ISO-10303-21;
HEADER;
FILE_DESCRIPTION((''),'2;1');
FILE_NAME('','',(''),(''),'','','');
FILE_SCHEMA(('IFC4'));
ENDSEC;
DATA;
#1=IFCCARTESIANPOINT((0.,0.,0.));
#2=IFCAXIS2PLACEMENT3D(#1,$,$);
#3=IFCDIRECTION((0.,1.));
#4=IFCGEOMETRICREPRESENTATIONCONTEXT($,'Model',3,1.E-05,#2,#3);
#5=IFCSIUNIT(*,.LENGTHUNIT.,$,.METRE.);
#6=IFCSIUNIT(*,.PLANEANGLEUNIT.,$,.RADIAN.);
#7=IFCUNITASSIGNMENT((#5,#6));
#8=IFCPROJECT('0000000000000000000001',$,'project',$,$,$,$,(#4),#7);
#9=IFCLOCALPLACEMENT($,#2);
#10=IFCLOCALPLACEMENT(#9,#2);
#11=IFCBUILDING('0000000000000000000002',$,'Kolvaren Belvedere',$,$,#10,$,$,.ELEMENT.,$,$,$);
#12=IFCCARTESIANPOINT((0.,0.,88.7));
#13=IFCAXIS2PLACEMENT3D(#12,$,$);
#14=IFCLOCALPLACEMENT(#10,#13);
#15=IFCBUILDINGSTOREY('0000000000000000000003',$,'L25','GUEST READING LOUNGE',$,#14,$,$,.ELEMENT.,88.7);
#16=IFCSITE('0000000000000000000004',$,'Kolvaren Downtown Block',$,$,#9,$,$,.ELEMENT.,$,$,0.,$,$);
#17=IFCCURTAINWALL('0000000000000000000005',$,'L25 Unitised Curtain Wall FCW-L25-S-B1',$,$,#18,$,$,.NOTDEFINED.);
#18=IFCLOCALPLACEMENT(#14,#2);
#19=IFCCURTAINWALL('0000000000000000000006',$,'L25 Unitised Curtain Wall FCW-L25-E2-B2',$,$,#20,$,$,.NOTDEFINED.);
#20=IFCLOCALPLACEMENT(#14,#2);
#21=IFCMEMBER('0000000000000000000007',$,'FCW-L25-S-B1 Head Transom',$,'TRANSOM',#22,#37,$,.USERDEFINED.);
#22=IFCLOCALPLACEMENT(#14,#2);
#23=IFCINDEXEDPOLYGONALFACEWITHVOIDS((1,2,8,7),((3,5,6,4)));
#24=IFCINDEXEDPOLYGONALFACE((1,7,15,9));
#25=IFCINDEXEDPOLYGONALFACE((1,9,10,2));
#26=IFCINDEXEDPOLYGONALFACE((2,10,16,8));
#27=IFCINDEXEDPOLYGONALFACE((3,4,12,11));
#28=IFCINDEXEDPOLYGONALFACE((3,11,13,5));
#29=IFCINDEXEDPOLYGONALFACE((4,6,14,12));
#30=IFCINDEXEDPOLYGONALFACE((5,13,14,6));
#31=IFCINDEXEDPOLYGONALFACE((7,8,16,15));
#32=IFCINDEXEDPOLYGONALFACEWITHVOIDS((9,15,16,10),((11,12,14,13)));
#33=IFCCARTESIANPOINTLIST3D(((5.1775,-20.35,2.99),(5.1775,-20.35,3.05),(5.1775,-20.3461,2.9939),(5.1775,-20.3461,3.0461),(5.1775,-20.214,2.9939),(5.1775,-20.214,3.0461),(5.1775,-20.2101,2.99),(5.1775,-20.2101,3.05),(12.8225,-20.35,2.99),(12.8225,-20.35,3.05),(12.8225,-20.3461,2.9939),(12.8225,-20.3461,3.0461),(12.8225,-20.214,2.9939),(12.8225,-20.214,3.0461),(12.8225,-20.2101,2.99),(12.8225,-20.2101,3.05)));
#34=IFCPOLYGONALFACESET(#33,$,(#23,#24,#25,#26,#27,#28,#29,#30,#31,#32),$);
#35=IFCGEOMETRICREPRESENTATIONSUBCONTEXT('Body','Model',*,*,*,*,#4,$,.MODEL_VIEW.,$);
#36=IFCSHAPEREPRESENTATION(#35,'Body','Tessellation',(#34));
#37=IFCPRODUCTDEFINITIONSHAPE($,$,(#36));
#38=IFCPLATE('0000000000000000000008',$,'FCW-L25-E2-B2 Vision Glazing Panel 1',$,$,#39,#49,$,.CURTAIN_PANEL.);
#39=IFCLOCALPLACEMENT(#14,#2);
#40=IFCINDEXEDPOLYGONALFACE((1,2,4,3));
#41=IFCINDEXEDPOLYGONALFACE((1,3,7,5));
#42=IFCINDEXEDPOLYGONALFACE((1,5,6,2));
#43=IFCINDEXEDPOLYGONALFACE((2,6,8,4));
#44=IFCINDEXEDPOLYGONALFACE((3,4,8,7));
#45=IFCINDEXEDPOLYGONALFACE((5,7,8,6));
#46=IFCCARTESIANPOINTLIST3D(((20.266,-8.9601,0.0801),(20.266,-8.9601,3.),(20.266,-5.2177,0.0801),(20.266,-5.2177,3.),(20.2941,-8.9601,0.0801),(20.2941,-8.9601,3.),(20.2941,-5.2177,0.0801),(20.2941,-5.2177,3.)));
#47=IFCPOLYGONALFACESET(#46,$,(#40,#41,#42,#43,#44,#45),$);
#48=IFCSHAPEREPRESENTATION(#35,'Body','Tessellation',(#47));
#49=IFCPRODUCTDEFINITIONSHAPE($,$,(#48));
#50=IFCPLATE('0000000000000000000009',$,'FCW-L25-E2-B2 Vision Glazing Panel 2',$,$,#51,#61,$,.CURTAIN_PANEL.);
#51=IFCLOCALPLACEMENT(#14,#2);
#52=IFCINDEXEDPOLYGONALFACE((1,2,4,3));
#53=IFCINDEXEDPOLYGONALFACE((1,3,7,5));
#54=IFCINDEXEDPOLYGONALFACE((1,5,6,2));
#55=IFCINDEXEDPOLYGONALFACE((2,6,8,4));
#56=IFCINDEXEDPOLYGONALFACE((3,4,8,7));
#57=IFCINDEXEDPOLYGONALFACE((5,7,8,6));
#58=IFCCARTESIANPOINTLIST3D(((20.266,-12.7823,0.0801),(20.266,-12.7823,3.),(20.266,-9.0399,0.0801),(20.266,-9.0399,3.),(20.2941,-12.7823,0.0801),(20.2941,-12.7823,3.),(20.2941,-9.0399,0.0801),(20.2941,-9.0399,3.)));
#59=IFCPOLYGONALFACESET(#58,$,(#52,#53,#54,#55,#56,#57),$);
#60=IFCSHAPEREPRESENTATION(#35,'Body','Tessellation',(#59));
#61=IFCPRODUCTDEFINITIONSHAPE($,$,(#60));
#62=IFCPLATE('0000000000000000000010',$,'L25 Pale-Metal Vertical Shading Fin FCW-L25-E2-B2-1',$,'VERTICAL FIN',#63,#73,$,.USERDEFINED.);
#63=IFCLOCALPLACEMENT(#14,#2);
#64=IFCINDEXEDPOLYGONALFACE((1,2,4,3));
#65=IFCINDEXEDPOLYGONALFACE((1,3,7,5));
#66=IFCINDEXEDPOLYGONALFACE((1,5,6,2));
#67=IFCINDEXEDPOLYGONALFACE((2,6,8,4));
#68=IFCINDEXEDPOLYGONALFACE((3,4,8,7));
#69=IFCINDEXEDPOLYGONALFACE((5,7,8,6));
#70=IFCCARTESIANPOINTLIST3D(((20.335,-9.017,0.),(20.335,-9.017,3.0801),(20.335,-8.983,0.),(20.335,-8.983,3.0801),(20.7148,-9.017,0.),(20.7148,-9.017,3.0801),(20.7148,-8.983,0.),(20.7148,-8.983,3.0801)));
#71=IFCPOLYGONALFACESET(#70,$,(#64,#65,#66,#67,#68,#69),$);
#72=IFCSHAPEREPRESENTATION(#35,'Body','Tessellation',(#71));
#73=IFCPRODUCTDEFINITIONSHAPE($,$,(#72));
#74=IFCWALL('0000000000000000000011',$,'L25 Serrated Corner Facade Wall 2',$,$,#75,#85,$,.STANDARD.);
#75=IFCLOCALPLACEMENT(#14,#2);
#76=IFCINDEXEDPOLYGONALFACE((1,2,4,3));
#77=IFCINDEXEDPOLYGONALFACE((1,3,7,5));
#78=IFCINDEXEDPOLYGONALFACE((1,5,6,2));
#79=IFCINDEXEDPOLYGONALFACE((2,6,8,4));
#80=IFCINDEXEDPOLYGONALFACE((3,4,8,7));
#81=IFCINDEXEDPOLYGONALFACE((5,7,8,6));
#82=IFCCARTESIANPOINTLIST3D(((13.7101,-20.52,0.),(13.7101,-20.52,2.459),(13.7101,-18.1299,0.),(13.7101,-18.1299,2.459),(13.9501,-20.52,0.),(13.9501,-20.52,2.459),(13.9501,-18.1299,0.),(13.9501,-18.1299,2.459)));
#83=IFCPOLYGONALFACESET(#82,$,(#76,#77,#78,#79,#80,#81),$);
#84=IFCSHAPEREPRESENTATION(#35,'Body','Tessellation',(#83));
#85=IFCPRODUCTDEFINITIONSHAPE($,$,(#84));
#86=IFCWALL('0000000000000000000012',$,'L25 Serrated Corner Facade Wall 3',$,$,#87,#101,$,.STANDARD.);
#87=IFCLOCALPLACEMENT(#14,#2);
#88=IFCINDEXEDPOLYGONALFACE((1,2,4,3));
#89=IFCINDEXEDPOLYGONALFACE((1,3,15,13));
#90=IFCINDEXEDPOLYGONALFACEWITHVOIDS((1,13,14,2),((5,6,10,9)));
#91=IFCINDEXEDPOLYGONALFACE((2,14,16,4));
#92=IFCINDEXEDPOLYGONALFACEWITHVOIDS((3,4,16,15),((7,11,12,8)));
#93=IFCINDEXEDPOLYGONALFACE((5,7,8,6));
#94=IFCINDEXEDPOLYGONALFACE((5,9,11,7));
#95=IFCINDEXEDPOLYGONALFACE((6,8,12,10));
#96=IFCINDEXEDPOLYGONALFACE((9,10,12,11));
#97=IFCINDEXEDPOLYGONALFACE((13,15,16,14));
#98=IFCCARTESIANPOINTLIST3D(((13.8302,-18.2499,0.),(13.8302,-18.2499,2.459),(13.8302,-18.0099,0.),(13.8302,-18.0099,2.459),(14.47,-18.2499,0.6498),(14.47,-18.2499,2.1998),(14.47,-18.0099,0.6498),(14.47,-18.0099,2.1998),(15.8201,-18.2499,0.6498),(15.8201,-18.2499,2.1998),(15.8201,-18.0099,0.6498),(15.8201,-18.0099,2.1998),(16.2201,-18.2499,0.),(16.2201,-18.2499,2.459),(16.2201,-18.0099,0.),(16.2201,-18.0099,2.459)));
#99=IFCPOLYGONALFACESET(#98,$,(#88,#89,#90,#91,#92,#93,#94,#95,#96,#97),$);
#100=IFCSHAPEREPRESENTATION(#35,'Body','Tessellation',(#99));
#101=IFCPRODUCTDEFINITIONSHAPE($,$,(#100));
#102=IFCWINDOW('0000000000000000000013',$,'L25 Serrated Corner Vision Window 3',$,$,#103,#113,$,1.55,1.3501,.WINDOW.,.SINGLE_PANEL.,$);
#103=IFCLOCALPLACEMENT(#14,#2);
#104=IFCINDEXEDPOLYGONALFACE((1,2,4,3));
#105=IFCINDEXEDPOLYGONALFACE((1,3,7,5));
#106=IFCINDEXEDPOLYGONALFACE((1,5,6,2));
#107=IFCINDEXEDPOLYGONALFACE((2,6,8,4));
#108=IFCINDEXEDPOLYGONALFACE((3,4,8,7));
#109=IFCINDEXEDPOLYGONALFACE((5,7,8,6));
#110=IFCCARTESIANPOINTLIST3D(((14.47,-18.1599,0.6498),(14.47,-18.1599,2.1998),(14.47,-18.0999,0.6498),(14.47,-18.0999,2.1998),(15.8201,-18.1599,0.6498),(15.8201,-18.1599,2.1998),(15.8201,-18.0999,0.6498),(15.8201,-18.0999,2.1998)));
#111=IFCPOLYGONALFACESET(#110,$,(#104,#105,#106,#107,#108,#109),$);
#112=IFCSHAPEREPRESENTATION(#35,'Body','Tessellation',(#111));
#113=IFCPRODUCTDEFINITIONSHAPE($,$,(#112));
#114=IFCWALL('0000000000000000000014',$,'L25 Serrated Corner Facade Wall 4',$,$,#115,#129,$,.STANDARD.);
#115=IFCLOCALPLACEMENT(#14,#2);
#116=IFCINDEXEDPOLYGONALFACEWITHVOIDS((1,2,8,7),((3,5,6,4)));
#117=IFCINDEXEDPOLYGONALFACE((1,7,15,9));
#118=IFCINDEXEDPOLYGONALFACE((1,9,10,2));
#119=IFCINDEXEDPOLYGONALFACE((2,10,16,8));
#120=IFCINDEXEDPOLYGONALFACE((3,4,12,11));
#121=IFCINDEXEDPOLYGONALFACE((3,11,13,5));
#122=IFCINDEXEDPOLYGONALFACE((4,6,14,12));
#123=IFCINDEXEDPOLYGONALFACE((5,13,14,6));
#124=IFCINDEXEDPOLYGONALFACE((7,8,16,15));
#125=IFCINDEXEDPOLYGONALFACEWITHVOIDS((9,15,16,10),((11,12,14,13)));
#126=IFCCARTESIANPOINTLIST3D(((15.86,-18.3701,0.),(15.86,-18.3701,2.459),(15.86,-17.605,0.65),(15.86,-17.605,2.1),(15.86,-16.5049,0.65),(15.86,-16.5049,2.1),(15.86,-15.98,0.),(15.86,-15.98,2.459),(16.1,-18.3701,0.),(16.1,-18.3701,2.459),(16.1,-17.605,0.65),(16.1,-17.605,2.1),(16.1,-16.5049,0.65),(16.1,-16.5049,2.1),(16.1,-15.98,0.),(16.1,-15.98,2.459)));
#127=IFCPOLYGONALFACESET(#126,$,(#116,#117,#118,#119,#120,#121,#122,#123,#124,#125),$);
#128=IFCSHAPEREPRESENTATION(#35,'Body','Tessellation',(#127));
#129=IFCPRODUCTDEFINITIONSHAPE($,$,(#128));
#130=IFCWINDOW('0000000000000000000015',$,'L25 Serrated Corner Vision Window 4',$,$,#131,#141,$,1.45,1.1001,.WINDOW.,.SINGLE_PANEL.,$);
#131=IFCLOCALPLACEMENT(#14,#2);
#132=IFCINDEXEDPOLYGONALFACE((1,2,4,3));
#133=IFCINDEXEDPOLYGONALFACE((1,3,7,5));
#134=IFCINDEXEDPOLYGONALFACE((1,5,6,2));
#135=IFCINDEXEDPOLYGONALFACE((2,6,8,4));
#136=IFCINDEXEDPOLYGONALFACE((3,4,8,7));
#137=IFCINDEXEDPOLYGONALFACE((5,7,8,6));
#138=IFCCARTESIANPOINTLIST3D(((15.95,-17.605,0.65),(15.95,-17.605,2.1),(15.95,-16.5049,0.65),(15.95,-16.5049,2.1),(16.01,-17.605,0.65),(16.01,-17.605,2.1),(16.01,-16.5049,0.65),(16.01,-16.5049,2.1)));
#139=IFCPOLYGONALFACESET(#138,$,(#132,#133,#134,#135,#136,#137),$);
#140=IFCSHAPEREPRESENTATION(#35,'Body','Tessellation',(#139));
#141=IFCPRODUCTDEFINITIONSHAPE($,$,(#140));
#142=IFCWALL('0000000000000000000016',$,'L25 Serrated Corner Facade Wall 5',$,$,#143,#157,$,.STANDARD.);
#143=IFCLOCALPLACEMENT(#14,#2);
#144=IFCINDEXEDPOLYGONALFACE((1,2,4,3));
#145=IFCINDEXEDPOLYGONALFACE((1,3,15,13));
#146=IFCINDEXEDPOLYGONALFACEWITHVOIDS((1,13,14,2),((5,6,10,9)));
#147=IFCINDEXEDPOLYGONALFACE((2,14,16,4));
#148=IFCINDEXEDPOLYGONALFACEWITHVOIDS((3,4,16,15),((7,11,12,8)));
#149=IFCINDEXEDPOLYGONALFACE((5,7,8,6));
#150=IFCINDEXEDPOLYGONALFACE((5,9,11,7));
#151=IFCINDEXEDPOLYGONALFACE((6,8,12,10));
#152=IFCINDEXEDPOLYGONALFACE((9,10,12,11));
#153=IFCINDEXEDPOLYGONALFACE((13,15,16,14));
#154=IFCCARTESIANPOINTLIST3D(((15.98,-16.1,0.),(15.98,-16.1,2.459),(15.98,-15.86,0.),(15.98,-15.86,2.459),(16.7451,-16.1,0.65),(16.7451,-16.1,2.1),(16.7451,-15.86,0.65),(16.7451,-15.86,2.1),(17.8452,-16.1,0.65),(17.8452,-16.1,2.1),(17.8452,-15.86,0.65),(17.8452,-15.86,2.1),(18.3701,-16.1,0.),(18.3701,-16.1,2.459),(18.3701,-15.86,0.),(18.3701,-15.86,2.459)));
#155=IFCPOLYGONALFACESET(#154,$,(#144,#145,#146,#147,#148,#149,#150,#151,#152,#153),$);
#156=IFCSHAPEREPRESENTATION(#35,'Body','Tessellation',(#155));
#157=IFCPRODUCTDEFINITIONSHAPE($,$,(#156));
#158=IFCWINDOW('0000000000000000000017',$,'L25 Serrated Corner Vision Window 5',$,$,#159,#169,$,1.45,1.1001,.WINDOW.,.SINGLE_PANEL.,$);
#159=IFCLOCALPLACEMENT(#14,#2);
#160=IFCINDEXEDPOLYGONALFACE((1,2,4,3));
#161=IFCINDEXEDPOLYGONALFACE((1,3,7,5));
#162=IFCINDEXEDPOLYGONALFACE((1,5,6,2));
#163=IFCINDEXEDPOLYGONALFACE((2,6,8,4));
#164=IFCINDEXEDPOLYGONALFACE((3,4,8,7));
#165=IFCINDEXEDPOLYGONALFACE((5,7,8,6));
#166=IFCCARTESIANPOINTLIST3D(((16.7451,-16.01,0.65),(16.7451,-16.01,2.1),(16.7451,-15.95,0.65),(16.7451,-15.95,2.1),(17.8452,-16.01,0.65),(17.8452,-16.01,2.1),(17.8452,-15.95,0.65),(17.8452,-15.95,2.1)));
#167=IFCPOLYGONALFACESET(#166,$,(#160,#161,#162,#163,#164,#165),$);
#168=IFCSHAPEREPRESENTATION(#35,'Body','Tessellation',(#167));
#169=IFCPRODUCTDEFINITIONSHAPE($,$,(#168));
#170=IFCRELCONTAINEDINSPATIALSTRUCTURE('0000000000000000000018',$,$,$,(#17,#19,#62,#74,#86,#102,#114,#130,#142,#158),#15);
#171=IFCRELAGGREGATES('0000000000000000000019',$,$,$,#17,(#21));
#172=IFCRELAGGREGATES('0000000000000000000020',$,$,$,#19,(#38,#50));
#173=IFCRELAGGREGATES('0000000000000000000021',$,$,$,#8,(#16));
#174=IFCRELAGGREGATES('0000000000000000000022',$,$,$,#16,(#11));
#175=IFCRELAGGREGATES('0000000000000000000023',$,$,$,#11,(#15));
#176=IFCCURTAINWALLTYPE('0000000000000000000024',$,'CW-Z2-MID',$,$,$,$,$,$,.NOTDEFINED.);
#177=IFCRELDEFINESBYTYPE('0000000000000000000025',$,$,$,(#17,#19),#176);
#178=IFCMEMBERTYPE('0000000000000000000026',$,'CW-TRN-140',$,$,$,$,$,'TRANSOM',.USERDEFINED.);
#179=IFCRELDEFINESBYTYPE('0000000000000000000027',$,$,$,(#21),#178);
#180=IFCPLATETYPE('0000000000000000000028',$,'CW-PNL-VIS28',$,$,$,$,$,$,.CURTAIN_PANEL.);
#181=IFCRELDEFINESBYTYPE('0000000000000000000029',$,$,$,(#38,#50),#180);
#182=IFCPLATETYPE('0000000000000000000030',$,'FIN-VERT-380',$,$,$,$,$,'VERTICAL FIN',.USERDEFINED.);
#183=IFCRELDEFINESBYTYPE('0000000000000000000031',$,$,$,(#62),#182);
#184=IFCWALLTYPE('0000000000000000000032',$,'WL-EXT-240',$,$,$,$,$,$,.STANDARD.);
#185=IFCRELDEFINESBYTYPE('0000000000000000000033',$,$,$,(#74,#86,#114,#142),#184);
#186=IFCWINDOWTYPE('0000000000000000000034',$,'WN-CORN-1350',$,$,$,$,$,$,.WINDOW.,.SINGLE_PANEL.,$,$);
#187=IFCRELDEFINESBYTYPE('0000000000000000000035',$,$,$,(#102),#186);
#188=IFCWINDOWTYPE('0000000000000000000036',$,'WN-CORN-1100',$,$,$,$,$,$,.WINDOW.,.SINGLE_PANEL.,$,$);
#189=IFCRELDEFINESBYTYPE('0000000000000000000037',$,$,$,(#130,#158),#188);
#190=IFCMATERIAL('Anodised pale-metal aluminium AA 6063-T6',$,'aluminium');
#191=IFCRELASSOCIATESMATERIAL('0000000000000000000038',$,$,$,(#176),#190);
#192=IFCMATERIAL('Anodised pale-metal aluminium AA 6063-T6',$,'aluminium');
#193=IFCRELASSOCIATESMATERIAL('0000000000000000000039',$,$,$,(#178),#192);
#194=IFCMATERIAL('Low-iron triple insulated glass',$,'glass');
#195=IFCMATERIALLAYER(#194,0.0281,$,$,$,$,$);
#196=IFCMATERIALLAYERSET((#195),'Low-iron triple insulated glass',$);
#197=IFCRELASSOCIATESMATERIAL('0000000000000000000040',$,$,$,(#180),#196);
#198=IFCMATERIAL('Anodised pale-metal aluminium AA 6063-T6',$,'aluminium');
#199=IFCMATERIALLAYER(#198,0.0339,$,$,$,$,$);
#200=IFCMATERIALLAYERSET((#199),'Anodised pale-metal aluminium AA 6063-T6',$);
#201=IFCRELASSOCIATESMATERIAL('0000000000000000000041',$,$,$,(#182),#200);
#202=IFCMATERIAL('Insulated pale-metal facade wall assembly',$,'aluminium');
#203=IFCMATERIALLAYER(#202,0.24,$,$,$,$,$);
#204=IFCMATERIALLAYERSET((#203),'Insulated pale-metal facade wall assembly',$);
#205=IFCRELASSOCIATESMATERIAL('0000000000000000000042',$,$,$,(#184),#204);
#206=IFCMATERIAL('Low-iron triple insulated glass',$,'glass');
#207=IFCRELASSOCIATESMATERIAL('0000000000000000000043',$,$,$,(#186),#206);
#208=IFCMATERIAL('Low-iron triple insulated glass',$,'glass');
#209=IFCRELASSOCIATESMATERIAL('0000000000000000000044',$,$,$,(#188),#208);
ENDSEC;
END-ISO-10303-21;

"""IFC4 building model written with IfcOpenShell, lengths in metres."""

from ifc_helpers import new_model, si_unit, direction, frame, frame_2d, origin, origin_2d, place, context, subcontext, project, spatial, rectangle, hollow_rectangle, extrude, material, layer, layer_set, material_profile, profile_set, type_object, element, fill, aggregate, save


model = new_model("IFC4")

# Units and contexts
model_context = context("Model", 3, precision=1e-05, world=origin(), true_north=direction((0.0, 1.0)))
body_context = subcontext(model_context, "Body", "Model", "MODEL_VIEW")
ifc_project = project(units=[si_unit("LENGTHUNIT", "METRE"), si_unit("PLANEANGLEUNIT", "RADIAN")], contexts=[model_context])

# Site, building, storey
site_placement = place(None, origin())
site = spatial("IfcSite", under=ifc_project, at=site_placement, Name="Kolvaren Downtown Block", CompositionType="ELEMENT", RefElevation=0.0)
building_placement = place(site_placement, origin())
building = spatial("IfcBuilding", under=site, at=building_placement, Name="Kolvaren Belvedere", CompositionType="ELEMENT")
storey_placement = place(building_placement, frame((0.0, 0.0, 88.7)))
storey = spatial("IfcBuildingStorey", under=building, at=storey_placement, Name="L25", Description="GUEST READING LOUNGE", CompositionType="ELEMENT", Elevation=88.7)

# Curtain wall
ifc_material_1 = material(Name="Anodised pale-metal aluminium AA 6063-T6", Category="aluminium")
curtain_wall_type = type_object("IfcCurtainWallType", Name="CW-Z2-MID", PredefinedType="NOTDEFINED", material=ifc_material_1)
curtain_wall_1_placement = place(storey_placement, origin())
curtain_wall_1 = element("IfcCurtainWall", 1, at=curtain_wall_1_placement, inside=storey, type_object=curtain_wall_type, Name="L25 Unitised Curtain Wall FCW-L25-S-B1", PredefinedType="NOTDEFINED")

# Curtain wall
curtain_wall_2_placement = place(storey_placement, origin())
curtain_wall_2 = element("IfcCurtainWall", 2, at=curtain_wall_2_placement, inside=storey, type_object=curtain_wall_type, Name="L25 Unitised Curtain Wall FCW-L25-E2-B2", PredefinedType="NOTDEFINED")

# Member
ifc_material_2 = material(Name="Anodised pale-metal aluminium AA 6063-T6", Category="aluminium")
ifc_material_profile_1 = material_profile(ifc_material_2, hollow_rectangle(XDim=0.0601, YDim=0.1399, WallThickness=0.0039, at=origin_2d()), Name="ALU-TRN-140X60")
ifc_profile_set_1 = profile_set([ifc_material_profile_1], Name="Anodised pale-metal aluminium AA 6063-T6")
member_type_1 = type_object("IfcMemberType", Name="CW-TRN-140", ElementType="TRANSOM", PredefinedType="USERDEFINED", material=ifc_profile_set_1)
member_1_placement = place(storey_placement, frame((12.8225, -20.28, 3.02), z_axis=(-1.0, 0.0, 0.0), x_axis=(0.0, 0.0, 1.0)))
member_1 = element("IfcMember", 3, at=member_1_placement, type_object=member_type_1, Name="FCW-L25-S-B1 Head Transom", ObjectType="TRANSOM", PredefinedType="USERDEFINED", context=body_context, shape_type="SweptSolid", body=[
    extrude(hollow_rectangle(XDim=0.0601, YDim=0.1399, WallThickness=0.0039, at=origin_2d()), origin(), (0.0, 0.0, 1.0), 7.645),
])
aggregate(curtain_wall_1, [member_1])

# Plates
ifc_material_3 = material(Name="Low-iron triple insulated glass", Category="glass")
ifc_layer_1 = layer(ifc_material_3, 0.0281)
ifc_layer_set_1 = layer_set([ifc_layer_1], Name="Low-iron triple insulated glass")
plate_type_1 = type_object("IfcPlateType", Name="CW-PNL-VIS28", PredefinedType="CURTAIN_PANEL", material=ifc_layer_set_1)
plate_1_placement = place(storey_placement, frame((20.28, -7.0889, 0.0801), z_axis=(0.0, 0.0, 1.0), x_axis=(0.0, -1.0, 0.0)))
plate_1 = element("IfcPlate", 4, at=plate_1_placement, type_object=plate_type_1, Name="FCW-L25-E2-B2 Vision Glazing Panel 1", PredefinedType="CURTAIN_PANEL", context=body_context, shape_type="SweptSolid", body=[
    extrude(rectangle(XDim=3.7424, YDim=0.0281, at=origin_2d()), origin(), (0.0, 0.0, 1.0), 2.9199),
])
plate_2_placement = place(storey_placement, frame((20.28, -10.9111, 0.0801), z_axis=(0.0, 0.0, 1.0), x_axis=(0.0, -1.0, 0.0)))
plate_2 = element("IfcPlate", 5, at=plate_2_placement, type_object=plate_type_1, Name="FCW-L25-E2-B2 Vision Glazing Panel 2", PredefinedType="CURTAIN_PANEL", context=body_context, shape_type="SweptSolid", body=[
    extrude(rectangle(XDim=3.7424, YDim=0.0281, at=origin_2d()), origin(), (0.0, 0.0, 1.0), 2.9199),
])
aggregate(curtain_wall_2, [plate_1, plate_2])
ifc_material_4 = material(Name="Anodised pale-metal aluminium AA 6063-T6", Category="aluminium")
ifc_layer_2 = layer(ifc_material_4, 0.0339)
ifc_layer_set_2 = layer_set([ifc_layer_2], Name="Anodised pale-metal aluminium AA 6063-T6")
plate_type_2 = type_object("IfcPlateType", Name="FIN-VERT-380", ElementType="VERTICAL FIN", PredefinedType="USERDEFINED", material=ifc_layer_set_2)
plate_3_placement = place(storey_placement, frame((20.5249, -9.0, 0.0), z_axis=(0.0, 0.0, 1.0), x_axis=(1.0, 0.0, 0.0)))
element("IfcPlate", 6, at=plate_3_placement, inside=storey, type_object=plate_type_2, Name="L25 Pale-Metal Vertical Shading Fin FCW-L25-E2-B2-1", ObjectType="VERTICAL FIN", PredefinedType="USERDEFINED", context=body_context, shape_type="SweptSolid", body=[
    extrude(rectangle(XDim=0.3799, YDim=0.0339, at=origin_2d()), origin(), (0.0, 0.0, 1.0), 3.0801),
])

# Wall
ifc_material_5 = material(Name="Insulated pale-metal facade wall assembly", Category="aluminium")
ifc_layer_3 = layer(ifc_material_5, 0.24)
ifc_layer_set_3 = layer_set([ifc_layer_3], Name="Insulated pale-metal facade wall assembly")
wall_type_1 = type_object("IfcWallType", Name="WL-EXT-240", PredefinedType="STANDARD", material=ifc_layer_set_3)
wall_1_placement = place(storey_placement, frame((13.8301, -18.1299, 0.0), z_axis=(0.0, 0.0, 1.0), x_axis=(0.0, -1.0, 0.0)))
element("IfcWall", 7, at=wall_1_placement, inside=storey, type_object=wall_type_1, Name="L25 Serrated Corner Facade Wall 2", PredefinedType="STANDARD", context=body_context, shape_type="SweptSolid", body=[
    extrude(rectangle(XDim=2.3901, YDim=0.24, at=frame_2d((1.1951, 0.0))), origin(), (0.0, 0.0, 1.0), 2.459),
])

# Walls, openings, windows
wall_2_placement = place(storey_placement, frame((16.22, -18.1299, 0.0), z_axis=(0.0, 0.0, 1.0), x_axis=(-1.0, 0.0, 0.0)))
wall_2 = element("IfcWall", 8, at=wall_2_placement, inside=storey, type_object=wall_type_1, Name="L25 Serrated Corner Facade Wall 3", PredefinedType="STANDARD", context=body_context, shape_type="SweptSolid", body=[
    extrude(rectangle(XDim=2.3899, YDim=0.24, at=frame_2d((1.1948, 0.0))), origin(), (0.0, 0.0, 1.0), 2.459),
])
opening_1_placement = place(wall_2_placement, frame((0.3999, 0.0, 0.6499)))
opening_1 = element("IfcOpeningElement", 9, at=opening_1_placement, cuts=wall_2, PredefinedType="OPENING", context=body_context, shape_type="SweptSolid", body=[
    extrude(rectangle(XDim=1.3501, YDim=1.55, at=frame_2d((0.675, 0.7749))), frame((0.0, 0.1299, 0.0), z_axis=(0.0, -1.0, 0.0), x_axis=(1.0, 0.0, 0.0)), (0.0, 0.0, 1.0), 0.26),
])
ifc_material_6 = material(Name="Low-iron triple insulated glass", Category="glass")
window_type_1 = type_object("IfcWindowType", Name="WN-CORN-1350", PartitioningType="SINGLE_PANEL", PredefinedType="WINDOW", material=ifc_material_6)
window_1_placement = place(opening_1_placement, origin())
window_1 = element("IfcWindow", 10, at=window_1_placement, inside=storey, type_object=window_type_1, Name="L25 Serrated Corner Vision Window 3", OverallHeight=1.55, OverallWidth=1.3501, PartitioningType="SINGLE_PANEL", PredefinedType="WINDOW", context=body_context, shape_type="SweptSolid", body=[
    extrude(rectangle(XDim=1.3501, YDim=1.55, at=frame_2d((0.675, 0.7749))), frame((0.0, 0.03, 0.0), z_axis=(0.0, -1.0, 0.0), x_axis=(1.0, 0.0, 0.0)), (0.0, 0.0, 1.0), 0.0601),
])
fill(opening_1, window_1)
wall_3_placement = place(storey_placement, frame((15.98, -15.98, 0.0), z_axis=(0.0, 0.0, 1.0), x_axis=(0.0, -1.0, 0.0)))
wall_3 = element("IfcWall", 11, at=wall_3_placement, inside=storey, type_object=wall_type_1, Name="L25 Serrated Corner Facade Wall 4", PredefinedType="STANDARD", context=body_context, shape_type="SweptSolid", body=[
    extrude(rectangle(XDim=2.3901, YDim=0.24, at=frame_2d((1.1951, 0.0))), origin(), (0.0, 0.0, 1.0), 2.459),
])
opening_2_placement = place(wall_3_placement, frame((0.5249, 0.0, 0.6499)))
opening_2 = element("IfcOpeningElement", 12, at=opening_2_placement, cuts=wall_3, PredefinedType="OPENING", context=body_context, shape_type="SweptSolid", body=[
    extrude(rectangle(XDim=1.1001, YDim=1.45, at=frame_2d((0.55, 0.7251))), frame((0.0, 0.1299, 0.0), z_axis=(0.0, -1.0, 0.0), x_axis=(1.0, 0.0, 0.0)), (0.0, 0.0, 1.0), 0.26),
])
ifc_material_7 = material(Name="Low-iron triple insulated glass", Category="glass")
window_type_2 = type_object("IfcWindowType", Name="WN-CORN-1100", PartitioningType="SINGLE_PANEL", PredefinedType="WINDOW", material=ifc_material_7)
window_2_placement = place(opening_2_placement, origin())
window_2 = element("IfcWindow", 13, at=window_2_placement, inside=storey, type_object=window_type_2, Name="L25 Serrated Corner Vision Window 4", OverallHeight=1.45, OverallWidth=1.1001, PartitioningType="SINGLE_PANEL", PredefinedType="WINDOW", context=body_context, shape_type="SweptSolid", body=[
    extrude(rectangle(XDim=1.1001, YDim=1.45, at=frame_2d((0.55, 0.7251))), frame((0.0, 0.03, 0.0), z_axis=(0.0, -1.0, 0.0), x_axis=(1.0, 0.0, 0.0)), (0.0, 0.0, 1.0), 0.0601),
])
fill(opening_2, window_2)
wall_4_placement = place(storey_placement, frame((18.3701, -15.98, 0.0), z_axis=(0.0, 0.0, 1.0), x_axis=(-1.0, 0.0, 0.0)))
wall_4 = element("IfcWall", 14, at=wall_4_placement, inside=storey, type_object=wall_type_1, Name="L25 Serrated Corner Facade Wall 5", PredefinedType="STANDARD", context=body_context, shape_type="SweptSolid", body=[
    extrude(rectangle(XDim=2.3901, YDim=0.24, at=frame_2d((1.1951, 0.0))), origin(), (0.0, 0.0, 1.0), 2.459),
])
opening_3_placement = place(wall_4_placement, frame((0.5249, 0.0, 0.6499)))
opening_3 = element("IfcOpeningElement", 15, at=opening_3_placement, cuts=wall_4, PredefinedType="OPENING", context=body_context, shape_type="SweptSolid", body=[
    extrude(rectangle(XDim=1.1001, YDim=1.45, at=frame_2d((0.55, 0.7251))), frame((0.0, 0.1299, 0.0), z_axis=(0.0, -1.0, 0.0), x_axis=(1.0, 0.0, 0.0)), (0.0, 0.0, 1.0), 0.26),
])
window_3_placement = place(opening_3_placement, origin())
window_3 = element("IfcWindow", 16, at=window_3_placement, inside=storey, type_object=window_type_2, Name="L25 Serrated Corner Vision Window 5", OverallHeight=1.45, OverallWidth=1.1001, PartitioningType="SINGLE_PANEL", PredefinedType="WINDOW", context=body_context, shape_type="SweptSolid", body=[
    extrude(rectangle(XDim=1.1001, YDim=1.45, at=frame_2d((0.55, 0.7251))), frame((0.0, 0.03, 0.0), z_axis=(0.0, -1.0, 0.0), x_axis=(1.0, 0.0, 0.0)), (0.0, 0.0, 1.0), 0.0601),
])
fill(opening_3, window_3)

save(model, "model.ifc")
